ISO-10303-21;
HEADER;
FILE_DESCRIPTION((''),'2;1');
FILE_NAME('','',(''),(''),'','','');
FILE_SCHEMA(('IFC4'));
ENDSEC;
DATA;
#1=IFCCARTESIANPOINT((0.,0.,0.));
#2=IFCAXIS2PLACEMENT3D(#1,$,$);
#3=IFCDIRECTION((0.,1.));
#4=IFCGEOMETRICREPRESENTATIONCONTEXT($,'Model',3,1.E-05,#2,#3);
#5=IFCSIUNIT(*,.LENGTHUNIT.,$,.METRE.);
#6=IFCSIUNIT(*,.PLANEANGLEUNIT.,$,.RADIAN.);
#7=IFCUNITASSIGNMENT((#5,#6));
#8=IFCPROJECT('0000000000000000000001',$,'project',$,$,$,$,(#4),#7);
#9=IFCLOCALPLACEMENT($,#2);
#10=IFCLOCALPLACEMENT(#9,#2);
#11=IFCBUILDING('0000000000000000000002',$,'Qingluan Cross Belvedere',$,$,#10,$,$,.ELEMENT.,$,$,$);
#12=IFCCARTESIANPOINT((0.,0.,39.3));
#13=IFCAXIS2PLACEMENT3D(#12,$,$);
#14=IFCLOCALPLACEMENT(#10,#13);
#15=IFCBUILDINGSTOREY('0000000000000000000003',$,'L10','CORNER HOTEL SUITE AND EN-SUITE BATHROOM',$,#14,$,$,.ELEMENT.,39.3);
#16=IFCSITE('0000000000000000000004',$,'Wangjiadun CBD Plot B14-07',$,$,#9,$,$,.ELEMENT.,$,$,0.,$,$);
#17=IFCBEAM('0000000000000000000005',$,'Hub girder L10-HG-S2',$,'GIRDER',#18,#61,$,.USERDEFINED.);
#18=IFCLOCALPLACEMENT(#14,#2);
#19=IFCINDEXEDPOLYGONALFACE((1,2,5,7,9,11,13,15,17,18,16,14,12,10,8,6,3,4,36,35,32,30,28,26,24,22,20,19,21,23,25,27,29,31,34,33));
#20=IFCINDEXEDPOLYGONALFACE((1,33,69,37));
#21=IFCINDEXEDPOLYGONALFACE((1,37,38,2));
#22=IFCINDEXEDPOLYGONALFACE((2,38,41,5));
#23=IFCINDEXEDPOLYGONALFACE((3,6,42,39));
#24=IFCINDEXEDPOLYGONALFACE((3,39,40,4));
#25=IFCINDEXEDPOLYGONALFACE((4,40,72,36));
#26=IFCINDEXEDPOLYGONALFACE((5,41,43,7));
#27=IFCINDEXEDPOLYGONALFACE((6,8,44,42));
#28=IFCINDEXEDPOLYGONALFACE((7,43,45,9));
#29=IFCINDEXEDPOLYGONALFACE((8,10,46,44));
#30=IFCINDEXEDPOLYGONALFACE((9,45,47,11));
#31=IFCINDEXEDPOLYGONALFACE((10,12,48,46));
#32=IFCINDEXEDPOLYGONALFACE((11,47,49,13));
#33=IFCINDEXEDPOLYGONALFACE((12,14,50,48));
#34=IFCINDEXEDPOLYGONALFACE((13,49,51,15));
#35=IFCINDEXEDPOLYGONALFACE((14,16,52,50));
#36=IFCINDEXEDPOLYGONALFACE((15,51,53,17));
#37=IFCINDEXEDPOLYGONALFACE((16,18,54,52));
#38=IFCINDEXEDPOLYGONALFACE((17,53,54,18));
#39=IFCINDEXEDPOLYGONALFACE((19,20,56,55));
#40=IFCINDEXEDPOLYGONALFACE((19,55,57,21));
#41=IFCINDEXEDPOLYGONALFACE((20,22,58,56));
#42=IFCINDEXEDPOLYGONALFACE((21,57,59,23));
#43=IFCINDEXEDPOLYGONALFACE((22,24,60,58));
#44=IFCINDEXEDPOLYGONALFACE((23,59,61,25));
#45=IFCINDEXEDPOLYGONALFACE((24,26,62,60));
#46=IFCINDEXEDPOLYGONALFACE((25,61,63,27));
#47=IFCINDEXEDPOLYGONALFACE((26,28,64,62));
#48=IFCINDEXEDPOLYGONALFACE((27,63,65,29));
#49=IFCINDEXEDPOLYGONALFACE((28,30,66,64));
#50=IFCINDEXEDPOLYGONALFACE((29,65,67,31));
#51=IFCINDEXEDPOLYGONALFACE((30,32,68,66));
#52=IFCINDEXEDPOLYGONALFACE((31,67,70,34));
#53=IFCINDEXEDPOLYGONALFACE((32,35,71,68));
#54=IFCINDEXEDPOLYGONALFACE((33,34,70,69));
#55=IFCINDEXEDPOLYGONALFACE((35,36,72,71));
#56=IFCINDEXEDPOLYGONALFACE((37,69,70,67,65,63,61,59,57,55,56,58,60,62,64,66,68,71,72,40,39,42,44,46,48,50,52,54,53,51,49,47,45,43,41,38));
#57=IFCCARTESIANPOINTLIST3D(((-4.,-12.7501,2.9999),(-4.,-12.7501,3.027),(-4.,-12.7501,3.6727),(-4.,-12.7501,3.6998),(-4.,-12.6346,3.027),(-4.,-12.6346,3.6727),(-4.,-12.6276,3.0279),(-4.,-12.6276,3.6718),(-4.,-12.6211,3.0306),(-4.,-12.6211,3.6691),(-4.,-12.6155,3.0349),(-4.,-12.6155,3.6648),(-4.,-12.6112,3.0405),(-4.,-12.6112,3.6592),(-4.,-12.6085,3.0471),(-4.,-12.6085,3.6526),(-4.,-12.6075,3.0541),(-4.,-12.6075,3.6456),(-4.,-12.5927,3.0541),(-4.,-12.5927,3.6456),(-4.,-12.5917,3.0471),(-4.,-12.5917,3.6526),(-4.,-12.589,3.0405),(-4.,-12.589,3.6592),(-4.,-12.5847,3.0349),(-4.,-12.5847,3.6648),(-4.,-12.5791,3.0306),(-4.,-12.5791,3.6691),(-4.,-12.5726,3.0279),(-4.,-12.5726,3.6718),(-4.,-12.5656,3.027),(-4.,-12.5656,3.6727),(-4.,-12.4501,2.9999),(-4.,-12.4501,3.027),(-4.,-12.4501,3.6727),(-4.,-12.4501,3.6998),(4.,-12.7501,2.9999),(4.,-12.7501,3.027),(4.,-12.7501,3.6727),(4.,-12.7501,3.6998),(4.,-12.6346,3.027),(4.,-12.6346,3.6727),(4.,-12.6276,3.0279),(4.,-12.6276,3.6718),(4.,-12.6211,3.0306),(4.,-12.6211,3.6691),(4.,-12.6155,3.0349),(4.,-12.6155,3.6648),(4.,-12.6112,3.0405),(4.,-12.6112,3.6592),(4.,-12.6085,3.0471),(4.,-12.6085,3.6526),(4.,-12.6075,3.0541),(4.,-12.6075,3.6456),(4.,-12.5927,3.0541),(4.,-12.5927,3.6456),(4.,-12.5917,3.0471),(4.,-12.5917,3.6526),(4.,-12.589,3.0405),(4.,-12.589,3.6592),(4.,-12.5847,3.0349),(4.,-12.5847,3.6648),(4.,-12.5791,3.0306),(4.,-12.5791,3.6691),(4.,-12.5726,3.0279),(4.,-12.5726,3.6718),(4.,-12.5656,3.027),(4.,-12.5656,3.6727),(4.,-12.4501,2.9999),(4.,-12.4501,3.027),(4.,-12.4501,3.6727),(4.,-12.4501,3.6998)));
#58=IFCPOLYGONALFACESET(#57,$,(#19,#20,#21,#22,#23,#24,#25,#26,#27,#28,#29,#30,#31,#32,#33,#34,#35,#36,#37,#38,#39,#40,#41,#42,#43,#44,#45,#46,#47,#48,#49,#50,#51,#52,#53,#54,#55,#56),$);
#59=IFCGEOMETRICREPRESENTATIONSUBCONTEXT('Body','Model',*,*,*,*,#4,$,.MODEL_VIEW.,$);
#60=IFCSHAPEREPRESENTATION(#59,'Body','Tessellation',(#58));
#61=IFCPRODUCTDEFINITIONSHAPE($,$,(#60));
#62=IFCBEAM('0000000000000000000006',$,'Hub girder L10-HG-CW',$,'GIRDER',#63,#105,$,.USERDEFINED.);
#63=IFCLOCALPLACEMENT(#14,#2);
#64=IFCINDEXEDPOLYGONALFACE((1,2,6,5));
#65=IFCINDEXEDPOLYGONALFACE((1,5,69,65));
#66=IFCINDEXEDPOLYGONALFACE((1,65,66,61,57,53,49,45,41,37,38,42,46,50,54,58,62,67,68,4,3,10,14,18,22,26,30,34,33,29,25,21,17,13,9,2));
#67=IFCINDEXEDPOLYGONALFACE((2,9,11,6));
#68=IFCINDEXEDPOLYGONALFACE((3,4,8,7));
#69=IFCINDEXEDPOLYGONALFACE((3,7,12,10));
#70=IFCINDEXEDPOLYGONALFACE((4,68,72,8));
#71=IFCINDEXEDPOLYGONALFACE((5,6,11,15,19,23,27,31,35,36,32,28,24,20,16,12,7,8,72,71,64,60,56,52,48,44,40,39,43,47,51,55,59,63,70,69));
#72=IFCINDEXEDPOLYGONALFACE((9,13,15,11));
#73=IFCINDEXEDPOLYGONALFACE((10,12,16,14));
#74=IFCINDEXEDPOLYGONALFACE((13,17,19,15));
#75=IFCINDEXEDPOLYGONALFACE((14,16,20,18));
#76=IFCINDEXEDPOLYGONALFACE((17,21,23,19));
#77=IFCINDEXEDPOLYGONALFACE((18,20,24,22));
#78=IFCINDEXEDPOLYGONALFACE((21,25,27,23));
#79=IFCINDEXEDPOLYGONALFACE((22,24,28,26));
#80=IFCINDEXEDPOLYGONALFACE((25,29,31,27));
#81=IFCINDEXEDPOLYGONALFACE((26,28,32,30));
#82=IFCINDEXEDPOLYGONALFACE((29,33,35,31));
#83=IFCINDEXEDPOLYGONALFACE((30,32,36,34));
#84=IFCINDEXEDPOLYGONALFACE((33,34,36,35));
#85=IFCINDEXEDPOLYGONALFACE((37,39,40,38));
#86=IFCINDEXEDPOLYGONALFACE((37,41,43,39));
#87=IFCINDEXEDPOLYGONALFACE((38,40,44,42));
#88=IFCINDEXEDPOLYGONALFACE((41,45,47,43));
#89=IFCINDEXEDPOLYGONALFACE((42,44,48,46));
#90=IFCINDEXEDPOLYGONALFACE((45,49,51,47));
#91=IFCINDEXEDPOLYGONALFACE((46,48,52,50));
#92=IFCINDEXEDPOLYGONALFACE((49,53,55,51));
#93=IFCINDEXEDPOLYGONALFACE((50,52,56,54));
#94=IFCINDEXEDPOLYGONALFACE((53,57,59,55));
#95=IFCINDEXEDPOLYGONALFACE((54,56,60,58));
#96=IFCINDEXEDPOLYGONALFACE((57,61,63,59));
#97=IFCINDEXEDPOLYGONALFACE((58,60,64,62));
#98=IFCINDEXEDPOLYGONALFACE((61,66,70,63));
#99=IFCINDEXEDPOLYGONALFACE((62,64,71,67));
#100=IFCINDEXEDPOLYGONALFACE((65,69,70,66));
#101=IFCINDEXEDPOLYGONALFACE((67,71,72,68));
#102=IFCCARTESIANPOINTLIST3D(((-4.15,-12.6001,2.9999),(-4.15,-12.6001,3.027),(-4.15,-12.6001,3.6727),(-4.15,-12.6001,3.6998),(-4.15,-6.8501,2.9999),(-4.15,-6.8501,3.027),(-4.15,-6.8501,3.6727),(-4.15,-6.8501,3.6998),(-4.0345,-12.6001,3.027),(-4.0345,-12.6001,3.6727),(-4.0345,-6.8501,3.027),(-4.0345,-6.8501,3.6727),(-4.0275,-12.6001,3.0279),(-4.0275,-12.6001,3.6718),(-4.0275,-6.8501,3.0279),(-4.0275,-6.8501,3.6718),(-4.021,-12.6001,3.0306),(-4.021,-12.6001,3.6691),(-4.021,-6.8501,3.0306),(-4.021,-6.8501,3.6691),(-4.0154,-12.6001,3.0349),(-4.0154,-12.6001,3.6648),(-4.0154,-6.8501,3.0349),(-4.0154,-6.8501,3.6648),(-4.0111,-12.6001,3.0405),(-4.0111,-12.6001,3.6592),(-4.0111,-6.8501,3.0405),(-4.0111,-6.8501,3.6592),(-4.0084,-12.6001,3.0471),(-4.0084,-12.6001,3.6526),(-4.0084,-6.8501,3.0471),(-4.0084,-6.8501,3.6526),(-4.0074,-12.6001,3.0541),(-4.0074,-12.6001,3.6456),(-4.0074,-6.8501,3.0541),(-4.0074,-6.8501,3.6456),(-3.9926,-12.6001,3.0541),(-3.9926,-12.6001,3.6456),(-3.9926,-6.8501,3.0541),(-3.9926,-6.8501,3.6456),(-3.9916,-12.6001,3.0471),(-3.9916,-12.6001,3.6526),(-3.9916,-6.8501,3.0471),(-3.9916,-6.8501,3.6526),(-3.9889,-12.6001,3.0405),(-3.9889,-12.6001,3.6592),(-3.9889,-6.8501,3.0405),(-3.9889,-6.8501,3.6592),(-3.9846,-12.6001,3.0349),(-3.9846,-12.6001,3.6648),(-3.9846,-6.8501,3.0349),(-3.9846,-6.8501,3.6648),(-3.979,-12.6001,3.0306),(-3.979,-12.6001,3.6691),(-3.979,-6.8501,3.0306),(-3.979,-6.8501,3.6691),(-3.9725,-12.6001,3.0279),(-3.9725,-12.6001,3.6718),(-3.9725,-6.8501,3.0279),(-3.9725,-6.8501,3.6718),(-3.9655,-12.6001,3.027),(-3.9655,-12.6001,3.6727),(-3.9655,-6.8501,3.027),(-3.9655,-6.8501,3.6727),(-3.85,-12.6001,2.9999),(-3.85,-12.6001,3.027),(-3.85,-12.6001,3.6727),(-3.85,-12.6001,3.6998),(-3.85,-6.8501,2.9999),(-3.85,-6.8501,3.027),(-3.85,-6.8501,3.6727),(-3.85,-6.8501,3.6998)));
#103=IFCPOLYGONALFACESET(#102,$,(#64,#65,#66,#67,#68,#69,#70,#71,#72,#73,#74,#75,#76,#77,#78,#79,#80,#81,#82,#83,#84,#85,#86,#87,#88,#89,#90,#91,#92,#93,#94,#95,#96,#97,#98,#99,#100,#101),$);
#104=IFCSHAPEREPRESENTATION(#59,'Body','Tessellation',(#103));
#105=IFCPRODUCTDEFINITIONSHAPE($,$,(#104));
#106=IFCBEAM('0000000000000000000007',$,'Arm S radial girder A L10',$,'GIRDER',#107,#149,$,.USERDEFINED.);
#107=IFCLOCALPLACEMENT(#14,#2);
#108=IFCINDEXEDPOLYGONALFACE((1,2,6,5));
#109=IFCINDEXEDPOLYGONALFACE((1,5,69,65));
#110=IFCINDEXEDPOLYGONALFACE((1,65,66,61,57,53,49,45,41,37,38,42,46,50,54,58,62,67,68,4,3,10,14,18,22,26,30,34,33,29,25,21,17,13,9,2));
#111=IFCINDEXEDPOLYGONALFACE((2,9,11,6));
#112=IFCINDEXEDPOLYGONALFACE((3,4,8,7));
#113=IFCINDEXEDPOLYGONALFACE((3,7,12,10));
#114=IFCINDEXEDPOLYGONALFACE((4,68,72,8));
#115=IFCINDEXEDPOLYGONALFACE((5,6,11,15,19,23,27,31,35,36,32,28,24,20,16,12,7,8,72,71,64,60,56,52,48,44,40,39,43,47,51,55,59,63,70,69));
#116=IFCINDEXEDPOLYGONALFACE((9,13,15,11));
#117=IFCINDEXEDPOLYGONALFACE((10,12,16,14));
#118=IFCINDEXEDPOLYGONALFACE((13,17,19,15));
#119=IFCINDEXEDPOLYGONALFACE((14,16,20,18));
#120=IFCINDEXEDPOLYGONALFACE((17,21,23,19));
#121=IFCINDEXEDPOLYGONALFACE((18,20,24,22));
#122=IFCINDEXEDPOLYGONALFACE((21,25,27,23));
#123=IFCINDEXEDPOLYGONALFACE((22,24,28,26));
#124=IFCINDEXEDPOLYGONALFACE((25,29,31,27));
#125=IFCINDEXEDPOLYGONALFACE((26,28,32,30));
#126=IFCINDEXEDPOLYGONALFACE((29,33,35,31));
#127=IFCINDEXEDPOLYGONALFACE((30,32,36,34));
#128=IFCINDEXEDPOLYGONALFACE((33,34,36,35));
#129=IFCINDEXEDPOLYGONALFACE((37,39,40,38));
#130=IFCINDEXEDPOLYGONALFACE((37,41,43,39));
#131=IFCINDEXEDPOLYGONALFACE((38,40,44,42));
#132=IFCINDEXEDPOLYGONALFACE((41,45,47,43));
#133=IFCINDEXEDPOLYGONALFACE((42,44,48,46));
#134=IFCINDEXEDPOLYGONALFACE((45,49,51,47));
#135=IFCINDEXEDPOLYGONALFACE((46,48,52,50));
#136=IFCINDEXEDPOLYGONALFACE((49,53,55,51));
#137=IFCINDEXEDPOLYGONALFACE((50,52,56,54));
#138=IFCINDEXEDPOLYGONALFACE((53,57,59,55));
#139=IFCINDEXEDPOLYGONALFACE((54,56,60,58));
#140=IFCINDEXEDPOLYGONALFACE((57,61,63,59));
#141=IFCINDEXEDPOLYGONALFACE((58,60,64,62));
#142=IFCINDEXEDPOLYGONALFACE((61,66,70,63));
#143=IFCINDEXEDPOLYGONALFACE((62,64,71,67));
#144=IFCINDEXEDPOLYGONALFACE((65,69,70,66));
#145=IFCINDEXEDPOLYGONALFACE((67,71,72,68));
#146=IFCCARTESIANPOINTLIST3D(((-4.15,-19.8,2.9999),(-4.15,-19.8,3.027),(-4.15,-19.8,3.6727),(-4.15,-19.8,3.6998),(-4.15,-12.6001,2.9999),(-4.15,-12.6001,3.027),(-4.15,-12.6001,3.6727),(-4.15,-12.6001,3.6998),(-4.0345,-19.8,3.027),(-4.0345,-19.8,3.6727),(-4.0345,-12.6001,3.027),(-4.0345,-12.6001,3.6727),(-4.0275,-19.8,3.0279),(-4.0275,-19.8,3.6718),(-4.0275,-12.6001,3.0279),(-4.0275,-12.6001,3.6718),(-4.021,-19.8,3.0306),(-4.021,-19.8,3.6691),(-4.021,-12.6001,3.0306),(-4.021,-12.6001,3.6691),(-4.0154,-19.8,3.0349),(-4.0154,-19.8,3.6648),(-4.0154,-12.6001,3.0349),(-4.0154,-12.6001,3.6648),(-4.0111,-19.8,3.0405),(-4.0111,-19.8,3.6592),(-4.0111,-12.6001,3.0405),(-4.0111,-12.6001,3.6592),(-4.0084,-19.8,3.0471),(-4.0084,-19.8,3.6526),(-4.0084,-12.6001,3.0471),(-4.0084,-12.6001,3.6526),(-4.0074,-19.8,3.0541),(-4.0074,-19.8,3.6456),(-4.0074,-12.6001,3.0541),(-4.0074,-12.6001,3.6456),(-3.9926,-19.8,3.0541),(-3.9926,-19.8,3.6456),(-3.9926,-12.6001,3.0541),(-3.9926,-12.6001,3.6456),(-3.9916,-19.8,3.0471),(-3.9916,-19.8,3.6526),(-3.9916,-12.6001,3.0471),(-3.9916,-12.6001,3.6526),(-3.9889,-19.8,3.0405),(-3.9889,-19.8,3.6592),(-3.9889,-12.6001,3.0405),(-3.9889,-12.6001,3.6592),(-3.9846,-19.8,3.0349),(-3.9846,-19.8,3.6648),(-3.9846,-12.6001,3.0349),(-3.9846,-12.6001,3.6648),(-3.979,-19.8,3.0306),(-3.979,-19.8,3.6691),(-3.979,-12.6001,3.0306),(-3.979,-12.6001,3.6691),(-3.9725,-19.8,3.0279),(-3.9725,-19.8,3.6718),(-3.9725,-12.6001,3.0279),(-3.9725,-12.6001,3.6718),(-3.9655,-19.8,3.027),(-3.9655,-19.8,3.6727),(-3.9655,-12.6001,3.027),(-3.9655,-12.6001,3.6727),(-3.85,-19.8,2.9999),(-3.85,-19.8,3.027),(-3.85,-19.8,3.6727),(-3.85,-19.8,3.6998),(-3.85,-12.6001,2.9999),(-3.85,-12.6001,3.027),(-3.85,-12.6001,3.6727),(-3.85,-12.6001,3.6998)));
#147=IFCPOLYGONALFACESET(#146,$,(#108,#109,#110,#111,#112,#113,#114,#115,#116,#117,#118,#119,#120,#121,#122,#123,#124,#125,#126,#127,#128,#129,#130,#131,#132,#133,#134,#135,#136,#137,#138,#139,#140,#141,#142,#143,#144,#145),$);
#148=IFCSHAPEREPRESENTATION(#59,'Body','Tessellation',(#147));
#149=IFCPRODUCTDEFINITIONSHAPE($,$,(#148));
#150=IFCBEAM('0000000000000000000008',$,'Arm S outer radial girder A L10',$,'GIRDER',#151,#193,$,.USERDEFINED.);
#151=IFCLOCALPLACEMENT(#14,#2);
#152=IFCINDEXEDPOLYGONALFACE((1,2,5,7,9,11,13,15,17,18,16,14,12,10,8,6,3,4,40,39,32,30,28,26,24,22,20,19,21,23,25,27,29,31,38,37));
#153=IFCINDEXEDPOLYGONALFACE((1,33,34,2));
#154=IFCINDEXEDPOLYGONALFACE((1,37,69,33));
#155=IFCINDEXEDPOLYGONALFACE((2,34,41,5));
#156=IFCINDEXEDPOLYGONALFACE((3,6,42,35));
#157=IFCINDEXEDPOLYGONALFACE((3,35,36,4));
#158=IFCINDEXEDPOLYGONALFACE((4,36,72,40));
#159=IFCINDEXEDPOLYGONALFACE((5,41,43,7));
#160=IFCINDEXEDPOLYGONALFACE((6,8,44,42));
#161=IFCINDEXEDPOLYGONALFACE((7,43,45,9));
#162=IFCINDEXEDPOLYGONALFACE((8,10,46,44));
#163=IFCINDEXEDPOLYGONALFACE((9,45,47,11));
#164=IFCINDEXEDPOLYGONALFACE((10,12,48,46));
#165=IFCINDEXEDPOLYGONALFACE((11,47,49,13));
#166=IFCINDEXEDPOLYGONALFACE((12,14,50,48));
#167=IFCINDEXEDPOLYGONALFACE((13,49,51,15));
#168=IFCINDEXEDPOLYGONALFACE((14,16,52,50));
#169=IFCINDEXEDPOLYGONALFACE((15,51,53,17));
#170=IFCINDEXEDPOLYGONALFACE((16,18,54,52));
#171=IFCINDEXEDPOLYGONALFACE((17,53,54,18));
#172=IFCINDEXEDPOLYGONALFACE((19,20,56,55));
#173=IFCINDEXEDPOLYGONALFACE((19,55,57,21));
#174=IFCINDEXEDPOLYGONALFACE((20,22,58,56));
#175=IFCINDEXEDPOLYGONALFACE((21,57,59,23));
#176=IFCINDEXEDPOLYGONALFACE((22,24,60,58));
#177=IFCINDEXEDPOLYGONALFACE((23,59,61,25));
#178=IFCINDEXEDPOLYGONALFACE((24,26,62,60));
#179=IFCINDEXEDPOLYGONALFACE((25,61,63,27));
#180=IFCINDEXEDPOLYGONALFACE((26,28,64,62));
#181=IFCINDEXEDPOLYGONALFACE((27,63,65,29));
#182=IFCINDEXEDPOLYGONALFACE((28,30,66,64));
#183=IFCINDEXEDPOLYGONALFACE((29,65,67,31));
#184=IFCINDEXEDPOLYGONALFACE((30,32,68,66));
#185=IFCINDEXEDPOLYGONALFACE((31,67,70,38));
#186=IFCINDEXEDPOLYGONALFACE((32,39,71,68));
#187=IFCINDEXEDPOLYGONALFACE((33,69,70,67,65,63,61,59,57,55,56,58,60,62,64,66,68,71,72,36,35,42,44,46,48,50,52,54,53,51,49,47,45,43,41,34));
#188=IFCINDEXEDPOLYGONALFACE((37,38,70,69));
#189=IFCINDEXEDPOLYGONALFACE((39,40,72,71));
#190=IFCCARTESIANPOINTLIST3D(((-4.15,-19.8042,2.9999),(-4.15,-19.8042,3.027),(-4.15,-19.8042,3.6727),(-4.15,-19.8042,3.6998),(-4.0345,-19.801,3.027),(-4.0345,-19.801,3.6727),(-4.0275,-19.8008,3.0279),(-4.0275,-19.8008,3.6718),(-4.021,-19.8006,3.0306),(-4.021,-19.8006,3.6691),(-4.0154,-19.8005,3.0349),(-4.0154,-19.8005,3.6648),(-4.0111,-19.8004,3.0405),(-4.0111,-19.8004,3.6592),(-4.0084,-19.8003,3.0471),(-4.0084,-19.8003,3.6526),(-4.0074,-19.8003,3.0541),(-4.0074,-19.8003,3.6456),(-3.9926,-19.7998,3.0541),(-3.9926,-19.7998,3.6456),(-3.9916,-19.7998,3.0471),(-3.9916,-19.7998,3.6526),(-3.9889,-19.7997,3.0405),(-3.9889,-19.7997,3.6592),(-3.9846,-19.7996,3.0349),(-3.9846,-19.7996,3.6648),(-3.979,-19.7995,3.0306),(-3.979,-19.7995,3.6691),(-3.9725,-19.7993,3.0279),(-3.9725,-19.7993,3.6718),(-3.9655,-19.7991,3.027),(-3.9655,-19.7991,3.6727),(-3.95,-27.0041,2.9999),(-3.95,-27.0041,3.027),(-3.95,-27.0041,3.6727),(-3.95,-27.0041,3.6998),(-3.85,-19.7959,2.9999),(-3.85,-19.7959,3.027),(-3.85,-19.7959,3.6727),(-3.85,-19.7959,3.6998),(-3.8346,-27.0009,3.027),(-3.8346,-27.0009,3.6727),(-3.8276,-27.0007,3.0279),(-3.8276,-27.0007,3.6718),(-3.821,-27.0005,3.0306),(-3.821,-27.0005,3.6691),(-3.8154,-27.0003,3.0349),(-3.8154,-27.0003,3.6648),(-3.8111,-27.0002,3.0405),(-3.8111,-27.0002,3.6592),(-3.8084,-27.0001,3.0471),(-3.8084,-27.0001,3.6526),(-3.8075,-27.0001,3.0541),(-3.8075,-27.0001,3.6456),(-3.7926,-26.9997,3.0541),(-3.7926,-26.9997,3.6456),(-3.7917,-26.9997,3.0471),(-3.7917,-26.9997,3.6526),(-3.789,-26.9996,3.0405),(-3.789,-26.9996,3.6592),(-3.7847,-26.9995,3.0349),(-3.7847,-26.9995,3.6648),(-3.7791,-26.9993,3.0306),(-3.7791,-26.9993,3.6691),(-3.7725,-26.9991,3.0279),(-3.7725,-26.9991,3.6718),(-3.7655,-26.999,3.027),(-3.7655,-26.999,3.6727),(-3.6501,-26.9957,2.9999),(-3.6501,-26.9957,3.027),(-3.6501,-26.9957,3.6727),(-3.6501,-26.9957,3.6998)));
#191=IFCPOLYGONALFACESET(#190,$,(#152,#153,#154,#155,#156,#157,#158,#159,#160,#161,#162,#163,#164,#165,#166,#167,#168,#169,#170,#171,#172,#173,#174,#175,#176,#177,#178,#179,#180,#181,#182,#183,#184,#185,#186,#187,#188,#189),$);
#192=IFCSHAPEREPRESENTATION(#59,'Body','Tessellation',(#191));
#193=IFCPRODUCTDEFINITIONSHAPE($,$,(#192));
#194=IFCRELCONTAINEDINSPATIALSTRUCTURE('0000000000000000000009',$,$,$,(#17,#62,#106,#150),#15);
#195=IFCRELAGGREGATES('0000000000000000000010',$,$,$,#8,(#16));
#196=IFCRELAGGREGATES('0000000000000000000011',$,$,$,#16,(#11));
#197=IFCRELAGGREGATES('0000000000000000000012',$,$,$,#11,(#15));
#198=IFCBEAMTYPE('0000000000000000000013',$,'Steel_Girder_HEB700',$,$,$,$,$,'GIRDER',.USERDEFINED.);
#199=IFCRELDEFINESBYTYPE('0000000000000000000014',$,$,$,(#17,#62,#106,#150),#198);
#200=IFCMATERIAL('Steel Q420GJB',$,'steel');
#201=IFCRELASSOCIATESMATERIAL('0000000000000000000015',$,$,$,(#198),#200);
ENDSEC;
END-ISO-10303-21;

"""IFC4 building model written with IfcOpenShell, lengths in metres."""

from ifc_helpers import new_model, si_unit, direction, frame, origin, origin_2d, place, context, subcontext, project, spatial, i_section, extrude, material, material_profile, profile_set, type_object, element, save


model = new_model("IFC4")

# Units and contexts
model_context = context("Model", 3, precision=1e-05, world=origin(), true_north=direction((0.0, 1.0)))
body_context = subcontext(model_context, "Body", "Model", "MODEL_VIEW")
ifc_project = project(units=[si_unit("LENGTHUNIT", "METRE"), si_unit("PLANEANGLEUNIT", "RADIAN")], contexts=[model_context])

# Site, building, storey
site_placement = place(None, origin())
site = spatial("IfcSite", under=ifc_project, at=site_placement, Name="Wangjiadun CBD Plot B14-07", CompositionType="ELEMENT", RefElevation=0.0)
building_placement = place(site_placement, origin())
building = spatial("IfcBuilding", under=site, at=building_placement, Name="Qingluan Cross Belvedere", CompositionType="ELEMENT")
storey_placement = place(building_placement, frame((0.0, 0.0, 39.3)))
storey = spatial("IfcBuildingStorey", under=building, at=storey_placement, Name="L10", Description="CORNER HOTEL SUITE AND EN-SUITE BATHROOM", CompositionType="ELEMENT", Elevation=39.3)

# Beams
ifc_material_1 = material(Name="Steel Q420GJB", Category="steel")
ifc_material_profile_1 = material_profile(ifc_material_1, i_section(OverallWidth=0.3, OverallDepth=0.7, WebThickness=0.0149, FlangeThickness=0.0271, FilletRadius=0.0271, at=origin_2d()), Name="HEB700")
ifc_profile_set_1 = profile_set([ifc_material_profile_1], Name="Steel Q420GJB")
beam_type_1 = type_object("IfcBeamType", Name="Steel_Girder_HEB700", ElementType="GIRDER", PredefinedType="USERDEFINED", material=ifc_profile_set_1)
beam_1_placement = place(storey_placement, frame((-4.0, -12.6001, 3.3499), z_axis=(1.0, 0.0, 0.0), x_axis=(0.0, 1.0, 0.0)))
element("IfcBeam", 1, at=beam_1_placement, inside=storey, type_object=beam_type_1, Name="Hub girder L10-HG-S2", ObjectType="GIRDER", PredefinedType="USERDEFINED", context=body_context, shape_type="SweptSolid", body=[
    extrude(i_section(OverallWidth=0.3, OverallDepth=0.7, WebThickness=0.0149, FlangeThickness=0.0271, FilletRadius=0.0271, at=origin_2d()), origin(), (0.0, 0.0, 1.0), 8.0),
])
beam_2_placement = place(storey_placement, frame((-4.0, -12.6001, 3.3499), z_axis=(0.0, 1.0, 0.0), x_axis=(-1.0, 0.0, 0.0)))
element("IfcBeam", 2, at=beam_2_placement, inside=storey, type_object=beam_type_1, Name="Hub girder L10-HG-CW", ObjectType="GIRDER", PredefinedType="USERDEFINED", context=body_context, shape_type="SweptSolid", body=[
    extrude(i_section(OverallWidth=0.3, OverallDepth=0.7, WebThickness=0.0149, FlangeThickness=0.0271, FilletRadius=0.0271, at=origin_2d()), origin(), (0.0, 0.0, 1.0), 5.75),
])
beam_3_placement = place(storey_placement, frame((-4.0, -12.6001, 3.3499), z_axis=(0.0, -1.0, 0.0), x_axis=(1.0, 0.0, 0.0)))
element("IfcBeam", 3, at=beam_3_placement, inside=storey, type_object=beam_type_1, Name="Arm S radial girder A L10", ObjectType="GIRDER", PredefinedType="USERDEFINED", context=body_context, shape_type="SweptSolid", body=[
    extrude(i_section(OverallWidth=0.3, OverallDepth=0.7, WebThickness=0.0149, FlangeThickness=0.0271, FilletRadius=0.0271, at=origin_2d()), origin(), (0.0, 0.0, 1.0), 7.2),
])
beam_4_placement = place(storey_placement, frame((-4.0, -19.8, 3.3499), z_axis=(0.02776, -0.999615, 0.0), x_axis=(0.999615, 0.02776, 0.0)))
element("IfcBeam", 4, at=beam_4_placement, inside=storey, type_object=beam_type_1, Name="Arm S outer radial girder A L10", ObjectType="GIRDER", PredefinedType="USERDEFINED", context=body_context, shape_type="SweptSolid", body=[
    extrude(i_section(OverallWidth=0.3, OverallDepth=0.7, WebThickness=0.0149, FlangeThickness=0.0271, FilletRadius=0.0271, at=origin_2d()), origin(), (0.0, 0.0, 1.0), 7.2026),
])

save(model, "model.ifc")
